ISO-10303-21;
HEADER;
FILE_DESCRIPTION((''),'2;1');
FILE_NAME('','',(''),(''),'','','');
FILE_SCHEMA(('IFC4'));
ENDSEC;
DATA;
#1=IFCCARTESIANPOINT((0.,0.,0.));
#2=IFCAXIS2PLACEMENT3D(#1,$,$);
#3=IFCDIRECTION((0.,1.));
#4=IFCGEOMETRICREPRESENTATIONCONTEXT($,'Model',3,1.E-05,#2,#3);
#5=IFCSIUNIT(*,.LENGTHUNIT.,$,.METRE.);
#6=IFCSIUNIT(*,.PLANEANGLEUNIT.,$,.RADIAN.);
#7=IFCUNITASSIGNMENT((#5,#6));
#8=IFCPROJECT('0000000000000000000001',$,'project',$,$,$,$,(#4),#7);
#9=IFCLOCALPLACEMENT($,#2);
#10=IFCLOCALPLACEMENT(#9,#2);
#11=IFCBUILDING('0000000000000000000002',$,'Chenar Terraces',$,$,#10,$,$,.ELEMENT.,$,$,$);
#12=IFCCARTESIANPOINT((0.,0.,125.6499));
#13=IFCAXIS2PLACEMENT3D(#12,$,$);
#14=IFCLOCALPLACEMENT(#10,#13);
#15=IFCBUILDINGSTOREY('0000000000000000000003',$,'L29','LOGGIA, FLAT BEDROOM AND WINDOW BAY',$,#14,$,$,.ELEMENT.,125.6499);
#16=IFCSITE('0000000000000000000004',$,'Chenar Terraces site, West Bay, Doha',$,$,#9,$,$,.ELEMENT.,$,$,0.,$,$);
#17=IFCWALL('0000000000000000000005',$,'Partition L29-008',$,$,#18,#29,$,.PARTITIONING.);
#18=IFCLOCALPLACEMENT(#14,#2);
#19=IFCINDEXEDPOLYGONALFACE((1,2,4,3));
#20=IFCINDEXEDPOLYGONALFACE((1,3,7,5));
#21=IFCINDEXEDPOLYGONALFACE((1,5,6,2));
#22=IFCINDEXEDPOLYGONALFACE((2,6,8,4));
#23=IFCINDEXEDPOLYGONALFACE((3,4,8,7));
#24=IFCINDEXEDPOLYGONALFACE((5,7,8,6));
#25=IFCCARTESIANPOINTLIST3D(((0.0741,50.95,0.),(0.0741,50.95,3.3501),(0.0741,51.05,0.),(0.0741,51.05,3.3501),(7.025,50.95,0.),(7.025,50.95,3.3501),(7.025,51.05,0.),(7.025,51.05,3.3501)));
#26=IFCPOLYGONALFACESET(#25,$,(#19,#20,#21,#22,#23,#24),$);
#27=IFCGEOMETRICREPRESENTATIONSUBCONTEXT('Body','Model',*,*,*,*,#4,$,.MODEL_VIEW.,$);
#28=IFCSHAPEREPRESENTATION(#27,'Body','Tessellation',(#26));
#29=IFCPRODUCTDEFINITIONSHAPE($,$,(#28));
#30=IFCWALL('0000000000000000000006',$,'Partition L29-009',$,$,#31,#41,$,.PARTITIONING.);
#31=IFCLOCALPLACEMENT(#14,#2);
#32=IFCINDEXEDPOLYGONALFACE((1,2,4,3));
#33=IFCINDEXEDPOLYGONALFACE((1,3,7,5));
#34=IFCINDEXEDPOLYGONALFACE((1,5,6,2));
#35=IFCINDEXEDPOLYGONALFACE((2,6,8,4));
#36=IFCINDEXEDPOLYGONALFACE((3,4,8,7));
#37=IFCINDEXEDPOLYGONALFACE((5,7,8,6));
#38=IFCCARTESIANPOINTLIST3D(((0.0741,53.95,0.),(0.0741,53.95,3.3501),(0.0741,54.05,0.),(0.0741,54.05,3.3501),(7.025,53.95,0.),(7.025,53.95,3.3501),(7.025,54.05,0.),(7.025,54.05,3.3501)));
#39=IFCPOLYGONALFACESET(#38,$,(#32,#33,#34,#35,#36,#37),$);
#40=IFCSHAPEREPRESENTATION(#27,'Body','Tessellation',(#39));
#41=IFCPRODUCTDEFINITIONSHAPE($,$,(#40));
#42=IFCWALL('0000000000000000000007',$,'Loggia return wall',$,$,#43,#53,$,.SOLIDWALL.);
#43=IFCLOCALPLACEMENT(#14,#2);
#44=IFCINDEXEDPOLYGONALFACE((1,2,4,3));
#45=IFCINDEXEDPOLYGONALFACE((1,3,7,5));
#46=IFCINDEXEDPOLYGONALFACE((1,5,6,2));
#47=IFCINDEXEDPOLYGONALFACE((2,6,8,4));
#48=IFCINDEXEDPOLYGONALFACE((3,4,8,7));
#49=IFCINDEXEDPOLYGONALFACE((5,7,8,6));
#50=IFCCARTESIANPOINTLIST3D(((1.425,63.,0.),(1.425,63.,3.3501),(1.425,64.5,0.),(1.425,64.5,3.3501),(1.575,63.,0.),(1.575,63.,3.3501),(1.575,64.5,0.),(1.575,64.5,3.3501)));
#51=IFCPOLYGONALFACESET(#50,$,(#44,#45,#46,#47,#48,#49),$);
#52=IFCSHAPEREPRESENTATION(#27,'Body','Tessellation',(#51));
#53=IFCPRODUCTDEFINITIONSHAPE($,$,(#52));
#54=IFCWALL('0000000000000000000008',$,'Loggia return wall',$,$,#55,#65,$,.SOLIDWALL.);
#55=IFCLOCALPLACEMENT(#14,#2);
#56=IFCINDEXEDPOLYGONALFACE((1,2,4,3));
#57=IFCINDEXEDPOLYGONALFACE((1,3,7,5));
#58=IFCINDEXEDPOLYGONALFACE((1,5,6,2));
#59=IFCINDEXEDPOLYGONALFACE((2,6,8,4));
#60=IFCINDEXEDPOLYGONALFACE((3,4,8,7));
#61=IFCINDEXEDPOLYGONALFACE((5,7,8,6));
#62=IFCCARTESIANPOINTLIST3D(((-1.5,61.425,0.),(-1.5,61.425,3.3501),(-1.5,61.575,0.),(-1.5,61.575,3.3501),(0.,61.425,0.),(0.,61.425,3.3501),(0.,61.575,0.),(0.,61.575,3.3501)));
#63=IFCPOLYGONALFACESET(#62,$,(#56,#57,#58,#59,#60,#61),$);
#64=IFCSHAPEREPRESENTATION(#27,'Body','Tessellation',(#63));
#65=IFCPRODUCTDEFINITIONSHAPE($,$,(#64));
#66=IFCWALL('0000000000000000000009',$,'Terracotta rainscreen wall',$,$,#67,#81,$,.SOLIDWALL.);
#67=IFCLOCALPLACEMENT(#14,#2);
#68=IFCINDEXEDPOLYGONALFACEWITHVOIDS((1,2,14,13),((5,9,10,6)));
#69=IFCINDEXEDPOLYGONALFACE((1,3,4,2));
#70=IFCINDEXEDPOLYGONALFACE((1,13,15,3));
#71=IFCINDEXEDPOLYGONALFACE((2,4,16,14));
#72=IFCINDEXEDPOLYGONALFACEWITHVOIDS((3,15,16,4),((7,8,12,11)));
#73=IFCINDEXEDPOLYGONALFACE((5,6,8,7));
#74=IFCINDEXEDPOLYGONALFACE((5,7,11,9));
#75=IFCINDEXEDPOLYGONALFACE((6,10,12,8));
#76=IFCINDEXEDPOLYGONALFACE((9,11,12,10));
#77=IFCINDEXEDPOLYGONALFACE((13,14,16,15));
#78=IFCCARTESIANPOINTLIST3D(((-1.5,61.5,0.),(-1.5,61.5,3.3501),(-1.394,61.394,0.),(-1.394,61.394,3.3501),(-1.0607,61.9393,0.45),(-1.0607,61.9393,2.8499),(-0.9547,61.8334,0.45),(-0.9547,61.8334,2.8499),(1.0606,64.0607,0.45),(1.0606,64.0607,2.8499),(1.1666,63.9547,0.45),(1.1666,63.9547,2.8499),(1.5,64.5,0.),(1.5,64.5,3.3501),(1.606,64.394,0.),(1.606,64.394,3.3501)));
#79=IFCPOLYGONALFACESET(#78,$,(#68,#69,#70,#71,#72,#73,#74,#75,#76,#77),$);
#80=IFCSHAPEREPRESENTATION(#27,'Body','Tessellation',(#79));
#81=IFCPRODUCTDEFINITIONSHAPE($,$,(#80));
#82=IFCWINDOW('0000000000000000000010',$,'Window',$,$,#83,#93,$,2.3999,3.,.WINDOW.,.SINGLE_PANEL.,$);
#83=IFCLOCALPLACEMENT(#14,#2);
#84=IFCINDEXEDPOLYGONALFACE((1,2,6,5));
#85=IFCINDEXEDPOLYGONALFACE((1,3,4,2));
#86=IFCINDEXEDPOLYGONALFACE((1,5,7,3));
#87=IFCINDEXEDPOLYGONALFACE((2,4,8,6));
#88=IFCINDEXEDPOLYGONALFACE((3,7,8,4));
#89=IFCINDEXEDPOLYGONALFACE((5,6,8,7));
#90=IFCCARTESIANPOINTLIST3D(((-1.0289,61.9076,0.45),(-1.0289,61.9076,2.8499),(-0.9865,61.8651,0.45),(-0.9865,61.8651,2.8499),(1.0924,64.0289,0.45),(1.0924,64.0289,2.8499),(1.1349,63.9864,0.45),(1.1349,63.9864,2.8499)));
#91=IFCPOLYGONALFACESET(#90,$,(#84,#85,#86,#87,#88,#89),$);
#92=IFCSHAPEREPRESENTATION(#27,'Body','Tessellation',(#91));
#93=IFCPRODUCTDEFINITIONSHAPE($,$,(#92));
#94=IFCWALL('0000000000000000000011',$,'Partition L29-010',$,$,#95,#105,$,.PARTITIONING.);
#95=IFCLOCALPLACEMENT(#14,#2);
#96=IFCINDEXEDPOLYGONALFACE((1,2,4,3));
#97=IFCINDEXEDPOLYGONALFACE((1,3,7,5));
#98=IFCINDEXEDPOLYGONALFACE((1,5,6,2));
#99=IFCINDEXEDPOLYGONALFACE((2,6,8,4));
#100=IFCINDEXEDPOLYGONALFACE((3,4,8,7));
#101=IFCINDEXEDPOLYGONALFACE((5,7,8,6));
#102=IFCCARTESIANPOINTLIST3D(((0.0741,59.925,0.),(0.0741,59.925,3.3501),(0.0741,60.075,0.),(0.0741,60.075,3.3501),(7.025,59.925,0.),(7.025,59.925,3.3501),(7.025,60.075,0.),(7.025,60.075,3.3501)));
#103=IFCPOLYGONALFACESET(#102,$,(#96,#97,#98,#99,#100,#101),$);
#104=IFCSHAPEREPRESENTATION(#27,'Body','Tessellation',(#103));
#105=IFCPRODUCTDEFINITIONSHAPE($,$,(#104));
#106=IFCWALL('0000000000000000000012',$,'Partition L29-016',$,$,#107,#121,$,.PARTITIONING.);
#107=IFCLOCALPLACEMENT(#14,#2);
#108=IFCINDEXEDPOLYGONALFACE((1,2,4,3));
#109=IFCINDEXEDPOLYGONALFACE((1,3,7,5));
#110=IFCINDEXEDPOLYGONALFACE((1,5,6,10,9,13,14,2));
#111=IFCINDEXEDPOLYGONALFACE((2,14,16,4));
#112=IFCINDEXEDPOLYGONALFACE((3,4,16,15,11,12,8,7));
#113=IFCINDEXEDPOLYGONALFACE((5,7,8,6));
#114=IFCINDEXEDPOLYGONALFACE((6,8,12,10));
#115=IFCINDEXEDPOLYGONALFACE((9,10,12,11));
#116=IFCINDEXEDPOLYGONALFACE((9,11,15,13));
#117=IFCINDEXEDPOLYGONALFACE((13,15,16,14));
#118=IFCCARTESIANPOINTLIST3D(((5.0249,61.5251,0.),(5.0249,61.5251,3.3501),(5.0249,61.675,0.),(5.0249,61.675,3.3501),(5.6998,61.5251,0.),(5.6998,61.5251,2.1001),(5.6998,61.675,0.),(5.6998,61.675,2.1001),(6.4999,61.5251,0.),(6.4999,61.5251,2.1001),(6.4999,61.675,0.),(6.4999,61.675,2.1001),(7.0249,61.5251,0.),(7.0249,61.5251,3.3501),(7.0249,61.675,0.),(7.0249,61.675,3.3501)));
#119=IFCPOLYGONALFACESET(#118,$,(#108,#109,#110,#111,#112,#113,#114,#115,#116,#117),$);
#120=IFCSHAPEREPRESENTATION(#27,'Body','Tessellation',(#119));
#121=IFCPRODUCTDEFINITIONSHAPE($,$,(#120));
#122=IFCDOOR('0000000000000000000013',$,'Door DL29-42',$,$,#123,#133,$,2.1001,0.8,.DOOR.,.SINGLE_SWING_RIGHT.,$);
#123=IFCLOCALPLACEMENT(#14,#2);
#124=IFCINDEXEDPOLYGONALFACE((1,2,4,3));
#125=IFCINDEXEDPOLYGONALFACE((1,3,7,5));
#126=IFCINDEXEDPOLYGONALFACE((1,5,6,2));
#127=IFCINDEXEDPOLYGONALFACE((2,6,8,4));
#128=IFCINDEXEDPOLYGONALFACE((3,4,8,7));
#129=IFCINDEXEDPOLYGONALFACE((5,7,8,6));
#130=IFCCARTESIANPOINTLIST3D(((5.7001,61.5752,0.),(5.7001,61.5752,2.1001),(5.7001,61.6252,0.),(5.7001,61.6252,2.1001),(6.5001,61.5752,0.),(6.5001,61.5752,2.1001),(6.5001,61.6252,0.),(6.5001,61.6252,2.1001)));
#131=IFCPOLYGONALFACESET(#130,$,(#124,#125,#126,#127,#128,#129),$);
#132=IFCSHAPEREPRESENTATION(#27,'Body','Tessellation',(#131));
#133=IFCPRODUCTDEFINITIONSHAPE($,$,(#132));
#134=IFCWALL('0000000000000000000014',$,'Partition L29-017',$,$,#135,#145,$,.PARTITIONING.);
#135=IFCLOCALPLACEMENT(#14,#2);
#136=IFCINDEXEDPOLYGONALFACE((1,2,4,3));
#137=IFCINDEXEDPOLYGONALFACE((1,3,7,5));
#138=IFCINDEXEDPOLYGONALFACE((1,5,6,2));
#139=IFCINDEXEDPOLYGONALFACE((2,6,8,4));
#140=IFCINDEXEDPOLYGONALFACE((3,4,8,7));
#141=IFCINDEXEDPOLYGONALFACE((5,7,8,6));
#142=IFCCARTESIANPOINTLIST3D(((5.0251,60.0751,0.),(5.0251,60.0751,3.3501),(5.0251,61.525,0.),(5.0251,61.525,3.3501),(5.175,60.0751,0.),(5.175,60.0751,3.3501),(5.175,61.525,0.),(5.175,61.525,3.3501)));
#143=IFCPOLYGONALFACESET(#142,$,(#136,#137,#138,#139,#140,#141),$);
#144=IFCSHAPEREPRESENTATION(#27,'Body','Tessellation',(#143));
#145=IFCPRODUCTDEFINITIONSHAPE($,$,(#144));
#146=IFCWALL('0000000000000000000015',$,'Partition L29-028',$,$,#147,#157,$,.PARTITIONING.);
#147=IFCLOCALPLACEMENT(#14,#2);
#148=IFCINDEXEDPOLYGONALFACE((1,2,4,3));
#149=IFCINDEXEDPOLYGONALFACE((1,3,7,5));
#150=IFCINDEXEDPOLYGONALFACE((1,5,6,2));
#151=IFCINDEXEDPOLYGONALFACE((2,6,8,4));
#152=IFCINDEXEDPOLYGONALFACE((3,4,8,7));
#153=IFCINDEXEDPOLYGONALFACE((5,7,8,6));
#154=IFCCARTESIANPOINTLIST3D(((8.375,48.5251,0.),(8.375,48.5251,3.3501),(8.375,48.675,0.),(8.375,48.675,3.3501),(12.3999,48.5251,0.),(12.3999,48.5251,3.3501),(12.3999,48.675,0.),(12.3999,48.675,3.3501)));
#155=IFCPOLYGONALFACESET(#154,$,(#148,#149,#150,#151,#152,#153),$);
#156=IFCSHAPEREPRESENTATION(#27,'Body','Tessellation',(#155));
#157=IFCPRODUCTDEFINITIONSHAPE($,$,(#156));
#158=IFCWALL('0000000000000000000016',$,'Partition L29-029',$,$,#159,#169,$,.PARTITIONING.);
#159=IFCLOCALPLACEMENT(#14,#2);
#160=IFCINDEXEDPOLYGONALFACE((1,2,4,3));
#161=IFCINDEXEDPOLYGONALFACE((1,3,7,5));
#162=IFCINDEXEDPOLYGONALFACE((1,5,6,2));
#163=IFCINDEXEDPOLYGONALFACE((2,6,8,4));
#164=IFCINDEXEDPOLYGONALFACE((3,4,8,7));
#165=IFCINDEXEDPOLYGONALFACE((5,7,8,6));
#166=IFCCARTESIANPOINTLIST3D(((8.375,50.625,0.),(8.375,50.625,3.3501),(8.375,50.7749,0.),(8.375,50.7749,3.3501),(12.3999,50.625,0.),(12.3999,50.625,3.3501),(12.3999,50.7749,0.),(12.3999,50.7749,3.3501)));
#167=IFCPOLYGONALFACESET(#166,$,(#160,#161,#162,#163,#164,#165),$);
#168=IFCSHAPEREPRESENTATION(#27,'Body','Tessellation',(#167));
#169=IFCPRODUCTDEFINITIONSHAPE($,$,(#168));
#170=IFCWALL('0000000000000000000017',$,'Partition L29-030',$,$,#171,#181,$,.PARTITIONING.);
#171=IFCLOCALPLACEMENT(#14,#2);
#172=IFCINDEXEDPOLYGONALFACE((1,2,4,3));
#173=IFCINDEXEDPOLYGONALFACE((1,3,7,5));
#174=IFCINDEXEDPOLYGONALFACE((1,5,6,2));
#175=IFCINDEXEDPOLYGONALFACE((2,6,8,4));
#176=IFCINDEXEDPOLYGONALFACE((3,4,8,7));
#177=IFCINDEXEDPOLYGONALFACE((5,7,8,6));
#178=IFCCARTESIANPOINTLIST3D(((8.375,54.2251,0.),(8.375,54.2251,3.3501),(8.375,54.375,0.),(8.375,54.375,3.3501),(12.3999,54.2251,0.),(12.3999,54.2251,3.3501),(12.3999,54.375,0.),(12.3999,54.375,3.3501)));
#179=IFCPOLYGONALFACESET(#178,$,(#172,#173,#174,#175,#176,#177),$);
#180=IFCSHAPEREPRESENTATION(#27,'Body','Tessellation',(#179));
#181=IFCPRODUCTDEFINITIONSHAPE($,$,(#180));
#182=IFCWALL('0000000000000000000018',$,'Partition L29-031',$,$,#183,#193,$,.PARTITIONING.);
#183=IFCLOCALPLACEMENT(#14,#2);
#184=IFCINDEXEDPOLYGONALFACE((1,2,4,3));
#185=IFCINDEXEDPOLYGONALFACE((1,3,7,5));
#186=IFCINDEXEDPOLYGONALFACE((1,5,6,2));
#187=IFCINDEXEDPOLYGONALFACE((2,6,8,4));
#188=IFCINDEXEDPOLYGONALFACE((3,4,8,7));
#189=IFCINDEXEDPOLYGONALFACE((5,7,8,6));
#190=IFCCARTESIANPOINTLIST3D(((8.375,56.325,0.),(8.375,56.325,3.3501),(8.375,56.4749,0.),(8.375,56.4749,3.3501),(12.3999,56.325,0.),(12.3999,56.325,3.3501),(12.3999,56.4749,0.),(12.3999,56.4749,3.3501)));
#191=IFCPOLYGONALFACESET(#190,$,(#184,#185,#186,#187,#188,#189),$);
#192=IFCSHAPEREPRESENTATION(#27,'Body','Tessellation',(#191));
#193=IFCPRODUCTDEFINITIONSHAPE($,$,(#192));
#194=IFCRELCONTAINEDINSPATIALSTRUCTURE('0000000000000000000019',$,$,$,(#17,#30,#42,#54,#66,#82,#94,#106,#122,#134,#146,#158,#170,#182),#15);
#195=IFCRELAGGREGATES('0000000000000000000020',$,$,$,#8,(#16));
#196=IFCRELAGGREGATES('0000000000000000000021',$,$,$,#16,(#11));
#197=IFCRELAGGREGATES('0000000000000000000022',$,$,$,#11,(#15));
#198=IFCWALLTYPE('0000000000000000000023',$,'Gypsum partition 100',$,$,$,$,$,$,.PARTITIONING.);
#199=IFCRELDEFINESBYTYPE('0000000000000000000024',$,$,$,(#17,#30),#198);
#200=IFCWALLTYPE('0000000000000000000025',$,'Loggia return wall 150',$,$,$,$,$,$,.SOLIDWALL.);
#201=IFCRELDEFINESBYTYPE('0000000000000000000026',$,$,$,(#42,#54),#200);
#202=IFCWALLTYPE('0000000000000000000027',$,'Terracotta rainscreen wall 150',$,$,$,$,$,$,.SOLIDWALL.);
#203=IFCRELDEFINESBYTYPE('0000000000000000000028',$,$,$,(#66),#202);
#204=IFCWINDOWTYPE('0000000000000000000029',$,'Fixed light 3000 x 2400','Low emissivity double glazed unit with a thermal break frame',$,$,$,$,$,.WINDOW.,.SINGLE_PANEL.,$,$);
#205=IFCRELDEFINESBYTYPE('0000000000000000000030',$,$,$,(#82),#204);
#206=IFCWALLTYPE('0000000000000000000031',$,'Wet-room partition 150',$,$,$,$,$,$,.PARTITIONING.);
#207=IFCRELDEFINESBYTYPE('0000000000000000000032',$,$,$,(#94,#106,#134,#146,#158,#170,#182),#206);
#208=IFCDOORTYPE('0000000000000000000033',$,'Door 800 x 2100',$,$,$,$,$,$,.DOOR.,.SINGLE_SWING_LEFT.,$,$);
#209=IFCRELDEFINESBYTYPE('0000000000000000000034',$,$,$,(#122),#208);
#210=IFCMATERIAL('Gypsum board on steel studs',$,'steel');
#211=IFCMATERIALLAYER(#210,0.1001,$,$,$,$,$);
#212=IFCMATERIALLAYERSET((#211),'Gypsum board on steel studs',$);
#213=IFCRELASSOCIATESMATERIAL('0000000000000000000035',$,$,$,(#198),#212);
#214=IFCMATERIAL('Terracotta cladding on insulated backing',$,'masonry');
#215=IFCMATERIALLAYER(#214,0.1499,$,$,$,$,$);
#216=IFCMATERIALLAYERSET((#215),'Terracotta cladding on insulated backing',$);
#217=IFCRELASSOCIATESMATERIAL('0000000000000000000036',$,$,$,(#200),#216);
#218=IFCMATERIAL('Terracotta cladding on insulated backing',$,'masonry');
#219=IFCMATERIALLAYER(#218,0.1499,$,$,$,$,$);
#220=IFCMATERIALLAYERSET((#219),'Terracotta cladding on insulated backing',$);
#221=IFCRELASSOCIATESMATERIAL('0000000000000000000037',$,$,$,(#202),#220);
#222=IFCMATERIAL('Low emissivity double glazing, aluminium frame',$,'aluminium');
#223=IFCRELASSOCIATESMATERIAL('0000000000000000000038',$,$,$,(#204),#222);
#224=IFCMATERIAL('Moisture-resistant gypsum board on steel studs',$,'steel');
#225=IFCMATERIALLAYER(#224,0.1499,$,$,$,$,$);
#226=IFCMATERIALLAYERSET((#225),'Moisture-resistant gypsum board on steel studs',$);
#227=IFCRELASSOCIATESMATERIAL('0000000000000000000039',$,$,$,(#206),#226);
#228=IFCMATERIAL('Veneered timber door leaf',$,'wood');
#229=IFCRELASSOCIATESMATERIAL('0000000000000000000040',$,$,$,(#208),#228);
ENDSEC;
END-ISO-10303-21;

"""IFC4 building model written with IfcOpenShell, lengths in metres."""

from ifc_helpers import new_model, si_unit, direction, frame, frame_2d, origin, place, context, subcontext, project, spatial, rectangle, extrude, material, layer, layer_set, type_object, element, fill, save


model = new_model("IFC4")

# Units and contexts
model_context = context("Model", 3, precision=1e-05, world=origin(), true_north=direction((0.0, 1.0)))
body_context = subcontext(model_context, "Body", "Model", "MODEL_VIEW")
ifc_project = project(units=[si_unit("LENGTHUNIT", "METRE"), si_unit("PLANEANGLEUNIT", "RADIAN")], contexts=[model_context])

# Site, building, storey
site_placement = place(None, origin())
site = spatial("IfcSite", under=ifc_project, at=site_placement, Name="Chenar Terraces site, West Bay, Doha", CompositionType="ELEMENT", RefElevation=0.0)
building_placement = place(site_placement, origin())
building = spatial("IfcBuilding", under=site, at=building_placement, Name="Chenar Terraces", CompositionType="ELEMENT")
storey_placement = place(building_placement, frame((0.0, 0.0, 125.6499)))
storey = spatial("IfcBuildingStorey", under=building, at=storey_placement, Name="L29", Description="LOGGIA, FLAT BEDROOM AND WINDOW BAY", CompositionType="ELEMENT", Elevation=125.6499)

# Walls
ifc_material_1 = material(Name="Gypsum board on steel studs", Category="steel")
ifc_layer_1 = layer(ifc_material_1, 0.1001)
ifc_layer_set_1 = layer_set([ifc_layer_1], Name="Gypsum board on steel studs")
wall_type_1 = type_object("IfcWallType", Name="Gypsum partition 100", PredefinedType="PARTITIONING", material=ifc_layer_set_1)
for number, where, z_axis, x_axis, name in (
    (1, (0.074, 51.0, 0.0), (0.0, 0.0, 1.0), (1.0, 0.0, 0.0), "Partition L29-008"),
    (2, (0.074, 54.0, 0.0), (0.0, 0.0, 1.0), (1.0, 0.0, 0.0), "Partition L29-009"),
):
    element("IfcWall", number, at=place(storey_placement, frame(where, z_axis=z_axis, x_axis=x_axis)), inside=storey, type_object=wall_type_1, Name=name, PredefinedType="PARTITIONING", context=body_context, shape_type="SweptSolid", body=[
        extrude(rectangle(XDim=6.9509, YDim=0.1001, at=frame_2d((3.4756, 0.0))), origin(), (0.0, 0.0, 1.0), 3.3501),
    ])
ifc_material_2 = material(Name="Terracotta cladding on insulated backing", Category="masonry")
ifc_layer_2 = layer(ifc_material_2, 0.1499)
ifc_layer_set_2 = layer_set([ifc_layer_2], Name="Terracotta cladding on insulated backing")
wall_type_2 = type_object("IfcWallType", Name="Loggia return wall 150", PredefinedType="SOLIDWALL", material=ifc_layer_set_2)
for number, where, z_axis, x_axis, name in (
    (3, (1.5, 64.5, 0.0), (0.0, 0.0, 1.0), (0.0, -1.0, 0.0), "Loggia return wall"),
    (4, (-1.5, 61.5, 0.0), (0.0, 0.0, 1.0), (1.0, 0.0, 0.0), "Loggia return wall"),
):
    element("IfcWall", number, at=place(storey_placement, frame(where, z_axis=z_axis, x_axis=x_axis)), inside=storey, type_object=wall_type_2, Name=name, PredefinedType="SOLIDWALL", context=body_context, shape_type="SweptSolid", body=[
        extrude(rectangle(XDim=1.5, YDim=0.1499, at=frame_2d((0.75, 0.0))), origin(), (0.0, 0.0, 1.0), 3.3501),
    ])

# Wall, opening, window
ifc_material_3 = material(Name="Terracotta cladding on insulated backing", Category="masonry")
ifc_layer_3 = layer(ifc_material_3, 0.1499)
ifc_layer_set_3 = layer_set([ifc_layer_3], Name="Terracotta cladding on insulated backing")
wall_type_3 = type_object("IfcWallType", Name="Terracotta rainscreen wall 150", PredefinedType="SOLIDWALL", material=ifc_layer_set_3)
wall_1_placement = place(storey_placement, frame((1.553, 64.447, 0.0), z_axis=(0.0, 0.0, 1.0), x_axis=(-0.707107, -0.707107, 0.0)))
wall_1 = element("IfcWall", 5, at=wall_1_placement, inside=storey, type_object=wall_type_3, Name="Terracotta rainscreen wall", PredefinedType="SOLIDWALL", context=body_context, shape_type="SweptSolid", body=[
    extrude(rectangle(XDim=4.2427, YDim=0.1499, at=frame_2d((2.1213, 0.0))), origin(), (0.0, 0.0, 1.0), 3.3501),
])
opening_1_placement = place(wall_1_placement, frame((0.6213, 0.0, 0.45)))
opening_1 = element("IfcOpeningElement", 6, at=opening_1_placement, cuts=wall_1, PredefinedType="OPENING", context=body_context, shape_type="SweptSolid", body=[
    extrude(rectangle(XDim=3.0, YDim=2.3999, at=frame_2d((1.5, 1.2))), frame((0.0, 0.085, 0.0), z_axis=(0.0, -1.0, 0.0), x_axis=(1.0, 0.0, 0.0)), (0.0, 0.0, 1.0), 0.1699),
])
ifc_material_4 = material(Name="Low emissivity double glazing, aluminium frame", Category="aluminium")
window_type_1 = type_object("IfcWindowType", Name="Fixed light 3000 x 2400", Description="Low emissivity double glazed unit with a thermal break frame", PartitioningType="SINGLE_PANEL", PredefinedType="WINDOW", material=ifc_material_4)
window_1_placement = place(opening_1_placement, origin())
window_1 = element("IfcWindow", 7, at=window_1_placement, inside=storey, type_object=window_type_1, Name="Window", OverallHeight=2.3999, OverallWidth=3.0, PartitioningType="SINGLE_PANEL", PredefinedType="WINDOW", context=body_context, shape_type="SweptSolid", body=[
    extrude(rectangle(XDim=3.0, YDim=2.3999, at=frame_2d((1.5, 1.2))), frame((0.0, 0.03, 0.0), z_axis=(0.0, -1.0, 0.0), x_axis=(1.0, 0.0, 0.0)), (0.0, 0.0, 1.0), 0.0601),
])
fill(opening_1, window_1)

# Wall
ifc_material_5 = material(Name="Moisture-resistant gypsum board on steel studs", Category="steel")
ifc_layer_4 = layer(ifc_material_5, 0.1499)
ifc_layer_set_4 = layer_set([ifc_layer_4], Name="Moisture-resistant gypsum board on steel studs")
wall_type_4 = type_object("IfcWallType", Name="Wet-room partition 150", PredefinedType="PARTITIONING", material=ifc_layer_set_4)
wall_2_placement = place(storey_placement, frame((0.074, 60.0, 0.0), z_axis=(0.0, 0.0, 1.0), x_axis=(1.0, 0.0, 0.0)))
element("IfcWall", 8, at=wall_2_placement, inside=storey, type_object=wall_type_4, Name="Partition L29-010", PredefinedType="PARTITIONING", context=body_context, shape_type="SweptSolid", body=[
    extrude(rectangle(XDim=6.9509, YDim=0.1499, at=frame_2d((3.4756, 0.0))), origin(), (0.0, 0.0, 1.0), 3.3501),
])

# Wall, opening, door
wall_3_placement = place(storey_placement, frame((5.0249, 61.6001, 0.0), z_axis=(0.0, 0.0, 1.0), x_axis=(1.0, 0.0, 0.0)))
wall_3 = element("IfcWall", 9, at=wall_3_placement, inside=storey, type_object=wall_type_4, Name="Partition L29-016", PredefinedType="PARTITIONING", context=body_context, shape_type="SweptSolid", body=[
    extrude(rectangle(XDim=2.0, YDim=0.1499, at=frame_2d((1.0, 0.0))), origin(), (0.0, 0.0, 1.0), 3.3501),
])
opening_2_placement = place(wall_3_placement, frame((0.675, 0.0, 0.0)))
opening_2 = element("IfcOpeningElement", 10, at=opening_2_placement, cuts=wall_3, PredefinedType="OPENING", context=body_context, shape_type="SweptSolid", body=[
    extrude(rectangle(XDim=0.8, YDim=2.1001, at=frame_2d((0.3999, 1.05))), frame((0.0, 0.085, 0.0), z_axis=(0.0, -1.0, 0.0), x_axis=(1.0, 0.0, 0.0)), (0.0, 0.0, 1.0), 0.1699),
])
ifc_material_6 = material(Name="Veneered timber door leaf", Category="wood")
door_type_1 = type_object("IfcDoorType", Name="Door 800 x 2100", OperationType="SINGLE_SWING_LEFT", PredefinedType="DOOR", material=ifc_material_6)
door_1_placement = place(opening_2_placement, frame((0.8, 0.0, 0.0), z_axis=(0.0, 0.0, 1.0), x_axis=(-1.0, 0.0, 0.0)))
door_1 = element("IfcDoor", 11, at=door_1_placement, inside=storey, type_object=door_type_1, Name="Door DL29-42", OperationType="SINGLE_SWING_RIGHT", OverallHeight=2.1001, OverallWidth=0.8, PredefinedType="DOOR", context=body_context, shape_type="SweptSolid", body=[
    extrude(rectangle(XDim=0.8, YDim=2.1001, at=frame_2d((0.3999, 1.05))), frame((0.0, 0.0249, 0.0), z_axis=(0.0, -1.0, 0.0), x_axis=(1.0, 0.0, 0.0)), (0.0, 0.0, 1.0), 0.05),
])
fill(opening_2, door_1)

# Walls
wall_4_placement = place(storey_placement, frame((5.1001, 60.075, 0.0), z_axis=(0.0, 0.0, 1.0), x_axis=(0.0, 1.0, 0.0)))
element("IfcWall", 12, at=wall_4_placement, inside=storey, type_object=wall_type_4, Name="Partition L29-017", PredefinedType="PARTITIONING", context=body_context, shape_type="SweptSolid", body=[
    extrude(rectangle(XDim=1.45, YDim=0.1499, at=frame_2d((0.7251, 0.0))), origin(), (0.0, 0.0, 1.0), 3.3501),
])
for number, where, z_axis, x_axis, name in (
    (13, (8.375, 48.6001, 0.0), (0.0, 0.0, 1.0), (1.0, 0.0, 0.0), "Partition L29-028"),
    (14, (8.375, 50.7, 0.0), (0.0, 0.0, 1.0), (1.0, 0.0, 0.0), "Partition L29-029"),
    (15, (8.375, 54.3, 0.0), (0.0, 0.0, 1.0), (1.0, 0.0, 0.0), "Partition L29-030"),
    (16, (8.375, 56.3999, 0.0), (0.0, 0.0, 1.0), (1.0, 0.0, 0.0), "Partition L29-031"),
):
    element("IfcWall", number, at=place(storey_placement, frame(where, z_axis=z_axis, x_axis=x_axis)), inside=storey, type_object=wall_type_4, Name=name, PredefinedType="PARTITIONING", context=body_context, shape_type="SweptSolid", body=[
        extrude(rectangle(XDim=4.0249, YDim=0.1499, at=frame_2d((2.0125, 0.0))), origin(), (0.0, 0.0, 1.0), 3.3501),
    ])

save(model, "model.ifc")
